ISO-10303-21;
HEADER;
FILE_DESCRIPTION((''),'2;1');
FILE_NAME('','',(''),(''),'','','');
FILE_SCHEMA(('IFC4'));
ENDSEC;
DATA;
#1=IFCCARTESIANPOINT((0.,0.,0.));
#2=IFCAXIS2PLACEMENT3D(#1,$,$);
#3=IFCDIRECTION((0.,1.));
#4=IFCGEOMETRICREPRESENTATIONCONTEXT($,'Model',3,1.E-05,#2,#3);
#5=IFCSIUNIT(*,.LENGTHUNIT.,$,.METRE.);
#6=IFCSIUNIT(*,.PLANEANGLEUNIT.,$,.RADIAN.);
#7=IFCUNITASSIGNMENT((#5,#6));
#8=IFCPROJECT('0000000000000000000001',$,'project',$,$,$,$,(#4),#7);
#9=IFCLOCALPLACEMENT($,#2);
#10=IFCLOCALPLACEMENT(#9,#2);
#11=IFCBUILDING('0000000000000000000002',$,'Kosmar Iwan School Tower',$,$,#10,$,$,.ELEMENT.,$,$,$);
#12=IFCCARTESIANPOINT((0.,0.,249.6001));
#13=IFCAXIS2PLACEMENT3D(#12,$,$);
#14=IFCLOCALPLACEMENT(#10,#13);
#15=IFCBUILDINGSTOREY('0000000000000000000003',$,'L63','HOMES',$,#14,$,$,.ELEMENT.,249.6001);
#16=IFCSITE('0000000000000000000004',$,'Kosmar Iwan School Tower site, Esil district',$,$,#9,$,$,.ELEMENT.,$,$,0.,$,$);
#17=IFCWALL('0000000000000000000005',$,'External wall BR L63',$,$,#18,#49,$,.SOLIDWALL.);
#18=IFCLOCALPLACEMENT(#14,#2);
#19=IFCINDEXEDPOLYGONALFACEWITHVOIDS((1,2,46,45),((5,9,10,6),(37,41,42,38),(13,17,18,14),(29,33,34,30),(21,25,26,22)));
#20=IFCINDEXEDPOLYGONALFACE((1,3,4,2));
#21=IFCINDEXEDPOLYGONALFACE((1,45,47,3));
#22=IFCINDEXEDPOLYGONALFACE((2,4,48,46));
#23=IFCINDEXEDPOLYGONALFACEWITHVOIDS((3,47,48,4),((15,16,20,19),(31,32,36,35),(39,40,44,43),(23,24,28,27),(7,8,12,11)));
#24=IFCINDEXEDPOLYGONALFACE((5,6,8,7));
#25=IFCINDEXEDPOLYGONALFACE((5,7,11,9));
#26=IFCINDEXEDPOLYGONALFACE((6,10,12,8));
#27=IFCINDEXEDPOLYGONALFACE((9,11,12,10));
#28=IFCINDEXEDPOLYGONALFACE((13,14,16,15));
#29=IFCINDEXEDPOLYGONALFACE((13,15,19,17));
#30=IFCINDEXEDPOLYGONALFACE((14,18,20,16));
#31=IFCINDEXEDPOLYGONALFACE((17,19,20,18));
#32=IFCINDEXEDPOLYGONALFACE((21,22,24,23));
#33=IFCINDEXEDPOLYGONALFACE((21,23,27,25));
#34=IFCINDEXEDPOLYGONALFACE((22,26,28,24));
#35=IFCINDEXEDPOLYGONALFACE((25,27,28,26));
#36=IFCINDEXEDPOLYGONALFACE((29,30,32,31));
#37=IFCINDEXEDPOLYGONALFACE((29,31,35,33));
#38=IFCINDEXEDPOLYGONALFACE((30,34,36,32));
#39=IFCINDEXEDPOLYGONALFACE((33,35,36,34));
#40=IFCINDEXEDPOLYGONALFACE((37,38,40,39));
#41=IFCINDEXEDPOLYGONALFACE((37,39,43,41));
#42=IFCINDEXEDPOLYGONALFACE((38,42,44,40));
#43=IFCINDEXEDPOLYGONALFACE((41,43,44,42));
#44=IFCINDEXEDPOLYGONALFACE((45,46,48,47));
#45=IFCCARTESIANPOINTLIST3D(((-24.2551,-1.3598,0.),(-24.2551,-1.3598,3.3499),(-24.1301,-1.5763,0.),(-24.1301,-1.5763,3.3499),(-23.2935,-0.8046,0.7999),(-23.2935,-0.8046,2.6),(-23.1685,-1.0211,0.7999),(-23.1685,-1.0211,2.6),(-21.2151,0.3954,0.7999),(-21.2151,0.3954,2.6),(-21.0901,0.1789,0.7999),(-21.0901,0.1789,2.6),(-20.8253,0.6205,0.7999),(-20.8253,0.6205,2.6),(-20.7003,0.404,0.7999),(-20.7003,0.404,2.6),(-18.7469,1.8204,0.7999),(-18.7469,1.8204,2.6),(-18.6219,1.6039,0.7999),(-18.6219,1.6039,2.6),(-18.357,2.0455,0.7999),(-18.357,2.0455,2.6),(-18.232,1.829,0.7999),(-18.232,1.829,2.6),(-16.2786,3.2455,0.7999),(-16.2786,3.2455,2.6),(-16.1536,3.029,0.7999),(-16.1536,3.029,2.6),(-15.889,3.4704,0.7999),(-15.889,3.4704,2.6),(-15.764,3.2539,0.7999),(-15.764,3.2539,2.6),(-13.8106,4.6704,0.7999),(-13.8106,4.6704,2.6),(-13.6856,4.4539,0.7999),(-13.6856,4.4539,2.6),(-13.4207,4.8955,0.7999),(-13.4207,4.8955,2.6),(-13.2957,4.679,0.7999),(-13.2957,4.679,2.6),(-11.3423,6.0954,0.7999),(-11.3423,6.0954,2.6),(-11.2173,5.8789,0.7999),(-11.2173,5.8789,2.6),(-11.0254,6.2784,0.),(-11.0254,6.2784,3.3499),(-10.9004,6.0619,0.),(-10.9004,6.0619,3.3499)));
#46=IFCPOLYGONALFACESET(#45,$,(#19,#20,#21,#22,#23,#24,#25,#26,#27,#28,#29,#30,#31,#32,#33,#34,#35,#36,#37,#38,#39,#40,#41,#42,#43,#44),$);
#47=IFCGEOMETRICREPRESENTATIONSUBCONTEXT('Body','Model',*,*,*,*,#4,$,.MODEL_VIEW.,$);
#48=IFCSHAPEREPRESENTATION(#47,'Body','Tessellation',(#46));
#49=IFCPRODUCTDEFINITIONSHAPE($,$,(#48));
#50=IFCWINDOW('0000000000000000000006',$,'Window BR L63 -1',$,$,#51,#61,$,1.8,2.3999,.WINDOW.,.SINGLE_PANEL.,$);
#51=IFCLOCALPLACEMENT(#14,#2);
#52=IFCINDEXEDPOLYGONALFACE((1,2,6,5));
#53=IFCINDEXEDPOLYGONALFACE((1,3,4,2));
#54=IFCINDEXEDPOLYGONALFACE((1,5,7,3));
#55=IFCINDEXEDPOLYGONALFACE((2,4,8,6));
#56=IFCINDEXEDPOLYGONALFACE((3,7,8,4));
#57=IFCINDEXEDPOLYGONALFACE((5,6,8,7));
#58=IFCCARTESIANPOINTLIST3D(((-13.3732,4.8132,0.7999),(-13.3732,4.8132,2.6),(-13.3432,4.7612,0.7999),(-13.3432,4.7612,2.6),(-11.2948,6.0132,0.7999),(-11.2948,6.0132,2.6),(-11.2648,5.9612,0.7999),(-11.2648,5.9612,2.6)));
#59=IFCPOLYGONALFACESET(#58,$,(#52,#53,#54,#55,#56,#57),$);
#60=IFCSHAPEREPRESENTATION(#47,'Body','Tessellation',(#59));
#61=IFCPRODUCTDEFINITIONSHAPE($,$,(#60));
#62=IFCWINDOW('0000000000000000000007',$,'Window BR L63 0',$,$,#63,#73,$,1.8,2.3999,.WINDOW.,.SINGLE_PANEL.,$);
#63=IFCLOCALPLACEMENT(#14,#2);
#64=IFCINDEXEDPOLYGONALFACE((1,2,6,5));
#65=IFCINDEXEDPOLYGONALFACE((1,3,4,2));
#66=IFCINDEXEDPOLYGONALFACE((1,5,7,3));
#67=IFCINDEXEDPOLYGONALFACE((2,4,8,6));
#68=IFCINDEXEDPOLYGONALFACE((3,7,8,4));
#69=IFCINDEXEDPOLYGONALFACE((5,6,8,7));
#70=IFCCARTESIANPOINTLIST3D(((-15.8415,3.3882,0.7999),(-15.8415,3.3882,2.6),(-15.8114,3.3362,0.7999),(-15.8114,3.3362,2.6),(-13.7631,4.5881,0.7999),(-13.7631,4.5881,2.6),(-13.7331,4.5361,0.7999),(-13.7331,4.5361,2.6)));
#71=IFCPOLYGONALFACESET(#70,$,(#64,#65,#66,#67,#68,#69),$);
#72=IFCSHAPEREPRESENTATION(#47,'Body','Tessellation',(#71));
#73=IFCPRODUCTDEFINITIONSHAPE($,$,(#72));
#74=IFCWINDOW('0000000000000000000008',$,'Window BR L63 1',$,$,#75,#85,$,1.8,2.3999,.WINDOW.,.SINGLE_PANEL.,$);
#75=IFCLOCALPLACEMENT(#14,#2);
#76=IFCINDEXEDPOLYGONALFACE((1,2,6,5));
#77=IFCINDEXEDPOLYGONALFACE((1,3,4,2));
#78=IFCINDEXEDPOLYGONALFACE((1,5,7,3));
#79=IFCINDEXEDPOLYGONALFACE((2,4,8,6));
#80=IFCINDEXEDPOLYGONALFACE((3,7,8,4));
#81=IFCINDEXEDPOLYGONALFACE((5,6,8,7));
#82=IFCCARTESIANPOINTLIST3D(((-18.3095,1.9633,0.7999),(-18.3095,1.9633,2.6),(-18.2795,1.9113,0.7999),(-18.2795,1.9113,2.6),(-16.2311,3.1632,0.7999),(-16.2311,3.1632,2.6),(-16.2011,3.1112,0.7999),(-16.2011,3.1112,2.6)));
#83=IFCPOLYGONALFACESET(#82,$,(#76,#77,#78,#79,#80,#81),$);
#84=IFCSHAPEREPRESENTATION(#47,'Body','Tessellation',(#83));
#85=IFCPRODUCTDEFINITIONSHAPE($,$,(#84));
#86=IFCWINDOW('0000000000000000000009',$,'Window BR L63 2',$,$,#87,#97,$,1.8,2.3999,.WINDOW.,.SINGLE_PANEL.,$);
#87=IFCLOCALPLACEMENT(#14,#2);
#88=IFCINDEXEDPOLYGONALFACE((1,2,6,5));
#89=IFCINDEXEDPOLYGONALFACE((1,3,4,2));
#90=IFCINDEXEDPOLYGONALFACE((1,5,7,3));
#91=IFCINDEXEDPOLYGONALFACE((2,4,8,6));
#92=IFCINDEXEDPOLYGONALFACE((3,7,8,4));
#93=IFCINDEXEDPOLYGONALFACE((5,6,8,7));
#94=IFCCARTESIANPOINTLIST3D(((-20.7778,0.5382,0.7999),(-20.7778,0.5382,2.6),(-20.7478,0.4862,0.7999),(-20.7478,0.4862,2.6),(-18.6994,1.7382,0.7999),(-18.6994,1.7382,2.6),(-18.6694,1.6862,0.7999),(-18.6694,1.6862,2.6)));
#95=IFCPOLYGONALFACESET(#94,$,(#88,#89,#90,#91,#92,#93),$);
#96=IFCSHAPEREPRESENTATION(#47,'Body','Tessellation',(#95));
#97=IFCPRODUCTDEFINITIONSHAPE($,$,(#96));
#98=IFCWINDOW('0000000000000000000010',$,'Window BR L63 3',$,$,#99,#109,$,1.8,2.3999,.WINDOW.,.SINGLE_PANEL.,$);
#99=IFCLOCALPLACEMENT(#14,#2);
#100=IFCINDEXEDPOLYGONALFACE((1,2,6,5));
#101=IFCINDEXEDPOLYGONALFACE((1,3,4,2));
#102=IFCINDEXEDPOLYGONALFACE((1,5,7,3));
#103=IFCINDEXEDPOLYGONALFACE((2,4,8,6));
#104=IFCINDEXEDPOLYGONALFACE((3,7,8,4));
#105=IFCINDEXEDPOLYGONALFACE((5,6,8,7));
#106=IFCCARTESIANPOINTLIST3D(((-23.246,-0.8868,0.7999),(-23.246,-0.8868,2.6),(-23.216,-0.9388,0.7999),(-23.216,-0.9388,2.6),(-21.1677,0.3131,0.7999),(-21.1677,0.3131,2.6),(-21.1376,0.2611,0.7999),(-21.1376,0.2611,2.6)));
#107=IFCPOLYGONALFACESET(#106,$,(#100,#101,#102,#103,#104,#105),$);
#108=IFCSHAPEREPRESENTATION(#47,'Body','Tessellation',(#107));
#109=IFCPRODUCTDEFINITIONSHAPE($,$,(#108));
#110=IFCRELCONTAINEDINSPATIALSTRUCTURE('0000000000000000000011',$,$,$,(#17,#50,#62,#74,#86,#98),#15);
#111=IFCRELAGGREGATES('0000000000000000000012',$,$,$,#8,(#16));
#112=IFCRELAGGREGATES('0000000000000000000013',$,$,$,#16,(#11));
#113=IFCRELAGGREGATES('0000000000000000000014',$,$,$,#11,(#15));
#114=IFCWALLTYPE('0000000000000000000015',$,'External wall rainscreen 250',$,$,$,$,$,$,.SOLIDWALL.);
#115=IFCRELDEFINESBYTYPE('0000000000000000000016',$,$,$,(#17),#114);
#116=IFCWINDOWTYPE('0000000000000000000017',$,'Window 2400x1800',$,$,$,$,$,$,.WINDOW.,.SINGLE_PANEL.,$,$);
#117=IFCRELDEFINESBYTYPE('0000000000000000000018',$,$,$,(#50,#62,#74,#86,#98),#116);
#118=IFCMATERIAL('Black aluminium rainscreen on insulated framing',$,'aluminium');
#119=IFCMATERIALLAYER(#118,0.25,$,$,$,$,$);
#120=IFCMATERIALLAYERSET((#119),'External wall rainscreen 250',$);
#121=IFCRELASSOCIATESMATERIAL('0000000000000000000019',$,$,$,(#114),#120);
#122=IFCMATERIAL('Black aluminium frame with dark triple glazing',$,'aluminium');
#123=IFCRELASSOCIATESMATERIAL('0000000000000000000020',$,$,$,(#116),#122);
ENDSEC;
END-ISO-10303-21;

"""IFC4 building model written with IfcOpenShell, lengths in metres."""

from ifc_helpers import new_model, si_unit, direction, frame, frame_2d, origin, place, context, subcontext, project, spatial, rectangle, extrude, material, layer, layer_set, type_object, element, fill, save


model = new_model("IFC4")

# Units and contexts
model_context = context("Model", 3, precision=1e-05, world=origin(), true_north=direction((0.0, 1.0)))
body_context = subcontext(model_context, "Body", "Model", "MODEL_VIEW")
ifc_project = project(units=[si_unit("LENGTHUNIT", "METRE"), si_unit("PLANEANGLEUNIT", "RADIAN")], contexts=[model_context])

# Site, building, storey
site_placement = place(None, origin())
site = spatial("IfcSite", under=ifc_project, at=site_placement, Name="Kosmar Iwan School Tower site, Esil district", CompositionType="ELEMENT", RefElevation=0.0)
building_placement = place(site_placement, origin())
building = spatial("IfcBuilding", under=site, at=building_placement, Name="Kosmar Iwan School Tower", CompositionType="ELEMENT")
storey_placement = place(building_placement, frame((0.0, 0.0, 249.6001)))
storey = spatial("IfcBuildingStorey", under=building, at=storey_placement, Name="L63", Description="HOMES", CompositionType="ELEMENT", Elevation=249.6001)

# Wall, openings, windows
ifc_material_1 = material(Name="Black aluminium rainscreen on insulated framing", Category="aluminium")
ifc_layer = layer(ifc_material_1, 0.25)
ifc_layer_set = layer_set([ifc_layer], Name="External wall rainscreen 250")
wall_type = type_object("IfcWallType", Name="External wall rainscreen 250", PredefinedType="SOLIDWALL", material=ifc_layer_set)
ifc_material_2 = material(Name="Black aluminium frame with dark triple glazing", Category="aluminium")
window_type = type_object("IfcWindowType", Name="Window 2400x1800", PartitioningType="SINGLE_PANEL", PredefinedType="WINDOW", material=ifc_material_2)
wall_1_placement = place(storey_placement, frame((-10.9629, 6.1702, 0.0), z_axis=(0.0, 0.0, 1.0), x_axis=(-0.866026, -0.5, 0.0)))
wall_1 = element("IfcWall", 1, at=wall_1_placement, inside=storey, type_object=wall_type, Name="External wall BR L63", PredefinedType="SOLIDWALL", context=body_context, shape_type="SweptSolid", body=[
    extrude(rectangle(XDim=15.2764, YDim=0.25, at=frame_2d((7.6382, 0.0))), origin(), (0.0, 0.0, 1.0), 3.3499),
])
opening_1_placement = place(wall_1_placement, frame((0.366, 0.0, 0.8)))
opening_1 = element("IfcOpeningElement", 2, at=opening_1_placement, cuts=wall_1, PredefinedType="OPENING", context=body_context, shape_type="SweptSolid", body=[
    extrude(rectangle(XDim=2.3999, YDim=1.8, at=frame_2d((1.2, 0.8999))), frame((0.0, 0.137, 0.0), z_axis=(0.0, -1.0, 0.0), x_axis=(1.0, 0.0, 0.0)), (0.0, 0.0, 1.0), 0.2739),
])
opening_2_placement = place(wall_1_placement, frame((3.2161, 0.0, 0.8)))
opening_2 = element("IfcOpeningElement", 3, at=opening_2_placement, cuts=wall_1, PredefinedType="OPENING", context=body_context, shape_type="SweptSolid", body=[
    extrude(rectangle(XDim=2.3999, YDim=1.8, at=frame_2d((1.2, 0.8999))), frame((0.0, 0.137, 0.0), z_axis=(0.0, -1.0, 0.0), x_axis=(1.0, 0.0, 0.0)), (0.0, 0.0, 1.0), 0.2739),
])
opening_3_placement = place(wall_1_placement, frame((6.0659, 0.0, 0.8)))
opening_3 = element("IfcOpeningElement", 4, at=opening_3_placement, cuts=wall_1, PredefinedType="OPENING", context=body_context, shape_type="SweptSolid", body=[
    extrude(rectangle(XDim=2.3999, YDim=1.8, at=frame_2d((1.2, 0.8999))), frame((0.0, 0.137, 0.0), z_axis=(0.0, -1.0, 0.0), x_axis=(1.0, 0.0, 0.0)), (0.0, 0.0, 1.0), 0.2739),
])
opening_4_placement = place(wall_1_placement, frame((8.916, 0.0, 0.8)))
opening_4 = element("IfcOpeningElement", 5, at=opening_4_placement, cuts=wall_1, PredefinedType="OPENING", context=body_context, shape_type="SweptSolid", body=[
    extrude(rectangle(XDim=2.3999, YDim=1.8, at=frame_2d((1.2, 0.8999))), frame((0.0, 0.137, 0.0), z_axis=(0.0, -1.0, 0.0), x_axis=(1.0, 0.0, 0.0)), (0.0, 0.0, 1.0), 0.2739),
])
opening_5_placement = place(wall_1_placement, frame((11.7661, 0.0, 0.8)))
opening_5 = element("IfcOpeningElement", 6, at=opening_5_placement, cuts=wall_1, PredefinedType="OPENING", context=body_context, shape_type="SweptSolid", body=[
    extrude(rectangle(XDim=2.3999, YDim=1.8, at=frame_2d((1.2, 0.8999))), frame((0.0, 0.137, 0.0), z_axis=(0.0, -1.0, 0.0), x_axis=(1.0, 0.0, 0.0)), (0.0, 0.0, 1.0), 0.2739),
])
window_1_placement = place(opening_1_placement, origin())
window_1 = element("IfcWindow", 7, at=window_1_placement, inside=storey, type_object=window_type, Name="Window BR L63 -1", OverallHeight=1.8, OverallWidth=2.3999, PartitioningType="SINGLE_PANEL", PredefinedType="WINDOW", context=body_context, shape_type="SweptSolid", body=[
    extrude(rectangle(XDim=2.3999, YDim=1.8, at=frame_2d((1.2, 0.8999))), frame((0.0, 0.03, 0.0), z_axis=(0.0, -1.0, 0.0), x_axis=(1.0, 0.0, 0.0)), (0.0, 0.0, 1.0), 0.0601),
])
fill(opening_1, window_1)
window_2_placement = place(opening_2_placement, origin())
window_2 = element("IfcWindow", 8, at=window_2_placement, inside=storey, type_object=window_type, Name="Window BR L63 0", OverallHeight=1.8, OverallWidth=2.3999, PartitioningType="SINGLE_PANEL", PredefinedType="WINDOW", context=body_context, shape_type="SweptSolid", body=[
    extrude(rectangle(XDim=2.3999, YDim=1.8, at=frame_2d((1.2, 0.8999))), frame((0.0, 0.03, 0.0), z_axis=(0.0, -1.0, 0.0), x_axis=(1.0, 0.0, 0.0)), (0.0, 0.0, 1.0), 0.0601),
])
fill(opening_2, window_2)
window_3_placement = place(opening_3_placement, origin())
window_3 = element("IfcWindow", 9, at=window_3_placement, inside=storey, type_object=window_type, Name="Window BR L63 1", OverallHeight=1.8, OverallWidth=2.3999, PartitioningType="SINGLE_PANEL", PredefinedType="WINDOW", context=body_context, shape_type="SweptSolid", body=[
    extrude(rectangle(XDim=2.3999, YDim=1.8, at=frame_2d((1.2, 0.8999))), frame((0.0, 0.03, 0.0), z_axis=(0.0, -1.0, 0.0), x_axis=(1.0, 0.0, 0.0)), (0.0, 0.0, 1.0), 0.0601),
])
fill(opening_3, window_3)
window_4_placement = place(opening_4_placement, origin())
window_4 = element("IfcWindow", 10, at=window_4_placement, inside=storey, type_object=window_type, Name="Window BR L63 2", OverallHeight=1.8, OverallWidth=2.3999, PartitioningType="SINGLE_PANEL", PredefinedType="WINDOW", context=body_context, shape_type="SweptSolid", body=[
    extrude(rectangle(XDim=2.3999, YDim=1.8, at=frame_2d((1.2, 0.8999))), frame((0.0, 0.03, 0.0), z_axis=(0.0, -1.0, 0.0), x_axis=(1.0, 0.0, 0.0)), (0.0, 0.0, 1.0), 0.0601),
])
fill(opening_4, window_4)
window_5_placement = place(opening_5_placement, origin())
window_5 = element("IfcWindow", 11, at=window_5_placement, inside=storey, type_object=window_type, Name="Window BR L63 3", OverallHeight=1.8, OverallWidth=2.3999, PartitioningType="SINGLE_PANEL", PredefinedType="WINDOW", context=body_context, shape_type="SweptSolid", body=[
    extrude(rectangle(XDim=2.3999, YDim=1.8, at=frame_2d((1.2, 0.8999))), frame((0.0, 0.03, 0.0), z_axis=(0.0, -1.0, 0.0), x_axis=(1.0, 0.0, 0.0)), (0.0, 0.0, 1.0), 0.0601),
])
fill(opening_5, window_5)

save(model, "model.ifc")
